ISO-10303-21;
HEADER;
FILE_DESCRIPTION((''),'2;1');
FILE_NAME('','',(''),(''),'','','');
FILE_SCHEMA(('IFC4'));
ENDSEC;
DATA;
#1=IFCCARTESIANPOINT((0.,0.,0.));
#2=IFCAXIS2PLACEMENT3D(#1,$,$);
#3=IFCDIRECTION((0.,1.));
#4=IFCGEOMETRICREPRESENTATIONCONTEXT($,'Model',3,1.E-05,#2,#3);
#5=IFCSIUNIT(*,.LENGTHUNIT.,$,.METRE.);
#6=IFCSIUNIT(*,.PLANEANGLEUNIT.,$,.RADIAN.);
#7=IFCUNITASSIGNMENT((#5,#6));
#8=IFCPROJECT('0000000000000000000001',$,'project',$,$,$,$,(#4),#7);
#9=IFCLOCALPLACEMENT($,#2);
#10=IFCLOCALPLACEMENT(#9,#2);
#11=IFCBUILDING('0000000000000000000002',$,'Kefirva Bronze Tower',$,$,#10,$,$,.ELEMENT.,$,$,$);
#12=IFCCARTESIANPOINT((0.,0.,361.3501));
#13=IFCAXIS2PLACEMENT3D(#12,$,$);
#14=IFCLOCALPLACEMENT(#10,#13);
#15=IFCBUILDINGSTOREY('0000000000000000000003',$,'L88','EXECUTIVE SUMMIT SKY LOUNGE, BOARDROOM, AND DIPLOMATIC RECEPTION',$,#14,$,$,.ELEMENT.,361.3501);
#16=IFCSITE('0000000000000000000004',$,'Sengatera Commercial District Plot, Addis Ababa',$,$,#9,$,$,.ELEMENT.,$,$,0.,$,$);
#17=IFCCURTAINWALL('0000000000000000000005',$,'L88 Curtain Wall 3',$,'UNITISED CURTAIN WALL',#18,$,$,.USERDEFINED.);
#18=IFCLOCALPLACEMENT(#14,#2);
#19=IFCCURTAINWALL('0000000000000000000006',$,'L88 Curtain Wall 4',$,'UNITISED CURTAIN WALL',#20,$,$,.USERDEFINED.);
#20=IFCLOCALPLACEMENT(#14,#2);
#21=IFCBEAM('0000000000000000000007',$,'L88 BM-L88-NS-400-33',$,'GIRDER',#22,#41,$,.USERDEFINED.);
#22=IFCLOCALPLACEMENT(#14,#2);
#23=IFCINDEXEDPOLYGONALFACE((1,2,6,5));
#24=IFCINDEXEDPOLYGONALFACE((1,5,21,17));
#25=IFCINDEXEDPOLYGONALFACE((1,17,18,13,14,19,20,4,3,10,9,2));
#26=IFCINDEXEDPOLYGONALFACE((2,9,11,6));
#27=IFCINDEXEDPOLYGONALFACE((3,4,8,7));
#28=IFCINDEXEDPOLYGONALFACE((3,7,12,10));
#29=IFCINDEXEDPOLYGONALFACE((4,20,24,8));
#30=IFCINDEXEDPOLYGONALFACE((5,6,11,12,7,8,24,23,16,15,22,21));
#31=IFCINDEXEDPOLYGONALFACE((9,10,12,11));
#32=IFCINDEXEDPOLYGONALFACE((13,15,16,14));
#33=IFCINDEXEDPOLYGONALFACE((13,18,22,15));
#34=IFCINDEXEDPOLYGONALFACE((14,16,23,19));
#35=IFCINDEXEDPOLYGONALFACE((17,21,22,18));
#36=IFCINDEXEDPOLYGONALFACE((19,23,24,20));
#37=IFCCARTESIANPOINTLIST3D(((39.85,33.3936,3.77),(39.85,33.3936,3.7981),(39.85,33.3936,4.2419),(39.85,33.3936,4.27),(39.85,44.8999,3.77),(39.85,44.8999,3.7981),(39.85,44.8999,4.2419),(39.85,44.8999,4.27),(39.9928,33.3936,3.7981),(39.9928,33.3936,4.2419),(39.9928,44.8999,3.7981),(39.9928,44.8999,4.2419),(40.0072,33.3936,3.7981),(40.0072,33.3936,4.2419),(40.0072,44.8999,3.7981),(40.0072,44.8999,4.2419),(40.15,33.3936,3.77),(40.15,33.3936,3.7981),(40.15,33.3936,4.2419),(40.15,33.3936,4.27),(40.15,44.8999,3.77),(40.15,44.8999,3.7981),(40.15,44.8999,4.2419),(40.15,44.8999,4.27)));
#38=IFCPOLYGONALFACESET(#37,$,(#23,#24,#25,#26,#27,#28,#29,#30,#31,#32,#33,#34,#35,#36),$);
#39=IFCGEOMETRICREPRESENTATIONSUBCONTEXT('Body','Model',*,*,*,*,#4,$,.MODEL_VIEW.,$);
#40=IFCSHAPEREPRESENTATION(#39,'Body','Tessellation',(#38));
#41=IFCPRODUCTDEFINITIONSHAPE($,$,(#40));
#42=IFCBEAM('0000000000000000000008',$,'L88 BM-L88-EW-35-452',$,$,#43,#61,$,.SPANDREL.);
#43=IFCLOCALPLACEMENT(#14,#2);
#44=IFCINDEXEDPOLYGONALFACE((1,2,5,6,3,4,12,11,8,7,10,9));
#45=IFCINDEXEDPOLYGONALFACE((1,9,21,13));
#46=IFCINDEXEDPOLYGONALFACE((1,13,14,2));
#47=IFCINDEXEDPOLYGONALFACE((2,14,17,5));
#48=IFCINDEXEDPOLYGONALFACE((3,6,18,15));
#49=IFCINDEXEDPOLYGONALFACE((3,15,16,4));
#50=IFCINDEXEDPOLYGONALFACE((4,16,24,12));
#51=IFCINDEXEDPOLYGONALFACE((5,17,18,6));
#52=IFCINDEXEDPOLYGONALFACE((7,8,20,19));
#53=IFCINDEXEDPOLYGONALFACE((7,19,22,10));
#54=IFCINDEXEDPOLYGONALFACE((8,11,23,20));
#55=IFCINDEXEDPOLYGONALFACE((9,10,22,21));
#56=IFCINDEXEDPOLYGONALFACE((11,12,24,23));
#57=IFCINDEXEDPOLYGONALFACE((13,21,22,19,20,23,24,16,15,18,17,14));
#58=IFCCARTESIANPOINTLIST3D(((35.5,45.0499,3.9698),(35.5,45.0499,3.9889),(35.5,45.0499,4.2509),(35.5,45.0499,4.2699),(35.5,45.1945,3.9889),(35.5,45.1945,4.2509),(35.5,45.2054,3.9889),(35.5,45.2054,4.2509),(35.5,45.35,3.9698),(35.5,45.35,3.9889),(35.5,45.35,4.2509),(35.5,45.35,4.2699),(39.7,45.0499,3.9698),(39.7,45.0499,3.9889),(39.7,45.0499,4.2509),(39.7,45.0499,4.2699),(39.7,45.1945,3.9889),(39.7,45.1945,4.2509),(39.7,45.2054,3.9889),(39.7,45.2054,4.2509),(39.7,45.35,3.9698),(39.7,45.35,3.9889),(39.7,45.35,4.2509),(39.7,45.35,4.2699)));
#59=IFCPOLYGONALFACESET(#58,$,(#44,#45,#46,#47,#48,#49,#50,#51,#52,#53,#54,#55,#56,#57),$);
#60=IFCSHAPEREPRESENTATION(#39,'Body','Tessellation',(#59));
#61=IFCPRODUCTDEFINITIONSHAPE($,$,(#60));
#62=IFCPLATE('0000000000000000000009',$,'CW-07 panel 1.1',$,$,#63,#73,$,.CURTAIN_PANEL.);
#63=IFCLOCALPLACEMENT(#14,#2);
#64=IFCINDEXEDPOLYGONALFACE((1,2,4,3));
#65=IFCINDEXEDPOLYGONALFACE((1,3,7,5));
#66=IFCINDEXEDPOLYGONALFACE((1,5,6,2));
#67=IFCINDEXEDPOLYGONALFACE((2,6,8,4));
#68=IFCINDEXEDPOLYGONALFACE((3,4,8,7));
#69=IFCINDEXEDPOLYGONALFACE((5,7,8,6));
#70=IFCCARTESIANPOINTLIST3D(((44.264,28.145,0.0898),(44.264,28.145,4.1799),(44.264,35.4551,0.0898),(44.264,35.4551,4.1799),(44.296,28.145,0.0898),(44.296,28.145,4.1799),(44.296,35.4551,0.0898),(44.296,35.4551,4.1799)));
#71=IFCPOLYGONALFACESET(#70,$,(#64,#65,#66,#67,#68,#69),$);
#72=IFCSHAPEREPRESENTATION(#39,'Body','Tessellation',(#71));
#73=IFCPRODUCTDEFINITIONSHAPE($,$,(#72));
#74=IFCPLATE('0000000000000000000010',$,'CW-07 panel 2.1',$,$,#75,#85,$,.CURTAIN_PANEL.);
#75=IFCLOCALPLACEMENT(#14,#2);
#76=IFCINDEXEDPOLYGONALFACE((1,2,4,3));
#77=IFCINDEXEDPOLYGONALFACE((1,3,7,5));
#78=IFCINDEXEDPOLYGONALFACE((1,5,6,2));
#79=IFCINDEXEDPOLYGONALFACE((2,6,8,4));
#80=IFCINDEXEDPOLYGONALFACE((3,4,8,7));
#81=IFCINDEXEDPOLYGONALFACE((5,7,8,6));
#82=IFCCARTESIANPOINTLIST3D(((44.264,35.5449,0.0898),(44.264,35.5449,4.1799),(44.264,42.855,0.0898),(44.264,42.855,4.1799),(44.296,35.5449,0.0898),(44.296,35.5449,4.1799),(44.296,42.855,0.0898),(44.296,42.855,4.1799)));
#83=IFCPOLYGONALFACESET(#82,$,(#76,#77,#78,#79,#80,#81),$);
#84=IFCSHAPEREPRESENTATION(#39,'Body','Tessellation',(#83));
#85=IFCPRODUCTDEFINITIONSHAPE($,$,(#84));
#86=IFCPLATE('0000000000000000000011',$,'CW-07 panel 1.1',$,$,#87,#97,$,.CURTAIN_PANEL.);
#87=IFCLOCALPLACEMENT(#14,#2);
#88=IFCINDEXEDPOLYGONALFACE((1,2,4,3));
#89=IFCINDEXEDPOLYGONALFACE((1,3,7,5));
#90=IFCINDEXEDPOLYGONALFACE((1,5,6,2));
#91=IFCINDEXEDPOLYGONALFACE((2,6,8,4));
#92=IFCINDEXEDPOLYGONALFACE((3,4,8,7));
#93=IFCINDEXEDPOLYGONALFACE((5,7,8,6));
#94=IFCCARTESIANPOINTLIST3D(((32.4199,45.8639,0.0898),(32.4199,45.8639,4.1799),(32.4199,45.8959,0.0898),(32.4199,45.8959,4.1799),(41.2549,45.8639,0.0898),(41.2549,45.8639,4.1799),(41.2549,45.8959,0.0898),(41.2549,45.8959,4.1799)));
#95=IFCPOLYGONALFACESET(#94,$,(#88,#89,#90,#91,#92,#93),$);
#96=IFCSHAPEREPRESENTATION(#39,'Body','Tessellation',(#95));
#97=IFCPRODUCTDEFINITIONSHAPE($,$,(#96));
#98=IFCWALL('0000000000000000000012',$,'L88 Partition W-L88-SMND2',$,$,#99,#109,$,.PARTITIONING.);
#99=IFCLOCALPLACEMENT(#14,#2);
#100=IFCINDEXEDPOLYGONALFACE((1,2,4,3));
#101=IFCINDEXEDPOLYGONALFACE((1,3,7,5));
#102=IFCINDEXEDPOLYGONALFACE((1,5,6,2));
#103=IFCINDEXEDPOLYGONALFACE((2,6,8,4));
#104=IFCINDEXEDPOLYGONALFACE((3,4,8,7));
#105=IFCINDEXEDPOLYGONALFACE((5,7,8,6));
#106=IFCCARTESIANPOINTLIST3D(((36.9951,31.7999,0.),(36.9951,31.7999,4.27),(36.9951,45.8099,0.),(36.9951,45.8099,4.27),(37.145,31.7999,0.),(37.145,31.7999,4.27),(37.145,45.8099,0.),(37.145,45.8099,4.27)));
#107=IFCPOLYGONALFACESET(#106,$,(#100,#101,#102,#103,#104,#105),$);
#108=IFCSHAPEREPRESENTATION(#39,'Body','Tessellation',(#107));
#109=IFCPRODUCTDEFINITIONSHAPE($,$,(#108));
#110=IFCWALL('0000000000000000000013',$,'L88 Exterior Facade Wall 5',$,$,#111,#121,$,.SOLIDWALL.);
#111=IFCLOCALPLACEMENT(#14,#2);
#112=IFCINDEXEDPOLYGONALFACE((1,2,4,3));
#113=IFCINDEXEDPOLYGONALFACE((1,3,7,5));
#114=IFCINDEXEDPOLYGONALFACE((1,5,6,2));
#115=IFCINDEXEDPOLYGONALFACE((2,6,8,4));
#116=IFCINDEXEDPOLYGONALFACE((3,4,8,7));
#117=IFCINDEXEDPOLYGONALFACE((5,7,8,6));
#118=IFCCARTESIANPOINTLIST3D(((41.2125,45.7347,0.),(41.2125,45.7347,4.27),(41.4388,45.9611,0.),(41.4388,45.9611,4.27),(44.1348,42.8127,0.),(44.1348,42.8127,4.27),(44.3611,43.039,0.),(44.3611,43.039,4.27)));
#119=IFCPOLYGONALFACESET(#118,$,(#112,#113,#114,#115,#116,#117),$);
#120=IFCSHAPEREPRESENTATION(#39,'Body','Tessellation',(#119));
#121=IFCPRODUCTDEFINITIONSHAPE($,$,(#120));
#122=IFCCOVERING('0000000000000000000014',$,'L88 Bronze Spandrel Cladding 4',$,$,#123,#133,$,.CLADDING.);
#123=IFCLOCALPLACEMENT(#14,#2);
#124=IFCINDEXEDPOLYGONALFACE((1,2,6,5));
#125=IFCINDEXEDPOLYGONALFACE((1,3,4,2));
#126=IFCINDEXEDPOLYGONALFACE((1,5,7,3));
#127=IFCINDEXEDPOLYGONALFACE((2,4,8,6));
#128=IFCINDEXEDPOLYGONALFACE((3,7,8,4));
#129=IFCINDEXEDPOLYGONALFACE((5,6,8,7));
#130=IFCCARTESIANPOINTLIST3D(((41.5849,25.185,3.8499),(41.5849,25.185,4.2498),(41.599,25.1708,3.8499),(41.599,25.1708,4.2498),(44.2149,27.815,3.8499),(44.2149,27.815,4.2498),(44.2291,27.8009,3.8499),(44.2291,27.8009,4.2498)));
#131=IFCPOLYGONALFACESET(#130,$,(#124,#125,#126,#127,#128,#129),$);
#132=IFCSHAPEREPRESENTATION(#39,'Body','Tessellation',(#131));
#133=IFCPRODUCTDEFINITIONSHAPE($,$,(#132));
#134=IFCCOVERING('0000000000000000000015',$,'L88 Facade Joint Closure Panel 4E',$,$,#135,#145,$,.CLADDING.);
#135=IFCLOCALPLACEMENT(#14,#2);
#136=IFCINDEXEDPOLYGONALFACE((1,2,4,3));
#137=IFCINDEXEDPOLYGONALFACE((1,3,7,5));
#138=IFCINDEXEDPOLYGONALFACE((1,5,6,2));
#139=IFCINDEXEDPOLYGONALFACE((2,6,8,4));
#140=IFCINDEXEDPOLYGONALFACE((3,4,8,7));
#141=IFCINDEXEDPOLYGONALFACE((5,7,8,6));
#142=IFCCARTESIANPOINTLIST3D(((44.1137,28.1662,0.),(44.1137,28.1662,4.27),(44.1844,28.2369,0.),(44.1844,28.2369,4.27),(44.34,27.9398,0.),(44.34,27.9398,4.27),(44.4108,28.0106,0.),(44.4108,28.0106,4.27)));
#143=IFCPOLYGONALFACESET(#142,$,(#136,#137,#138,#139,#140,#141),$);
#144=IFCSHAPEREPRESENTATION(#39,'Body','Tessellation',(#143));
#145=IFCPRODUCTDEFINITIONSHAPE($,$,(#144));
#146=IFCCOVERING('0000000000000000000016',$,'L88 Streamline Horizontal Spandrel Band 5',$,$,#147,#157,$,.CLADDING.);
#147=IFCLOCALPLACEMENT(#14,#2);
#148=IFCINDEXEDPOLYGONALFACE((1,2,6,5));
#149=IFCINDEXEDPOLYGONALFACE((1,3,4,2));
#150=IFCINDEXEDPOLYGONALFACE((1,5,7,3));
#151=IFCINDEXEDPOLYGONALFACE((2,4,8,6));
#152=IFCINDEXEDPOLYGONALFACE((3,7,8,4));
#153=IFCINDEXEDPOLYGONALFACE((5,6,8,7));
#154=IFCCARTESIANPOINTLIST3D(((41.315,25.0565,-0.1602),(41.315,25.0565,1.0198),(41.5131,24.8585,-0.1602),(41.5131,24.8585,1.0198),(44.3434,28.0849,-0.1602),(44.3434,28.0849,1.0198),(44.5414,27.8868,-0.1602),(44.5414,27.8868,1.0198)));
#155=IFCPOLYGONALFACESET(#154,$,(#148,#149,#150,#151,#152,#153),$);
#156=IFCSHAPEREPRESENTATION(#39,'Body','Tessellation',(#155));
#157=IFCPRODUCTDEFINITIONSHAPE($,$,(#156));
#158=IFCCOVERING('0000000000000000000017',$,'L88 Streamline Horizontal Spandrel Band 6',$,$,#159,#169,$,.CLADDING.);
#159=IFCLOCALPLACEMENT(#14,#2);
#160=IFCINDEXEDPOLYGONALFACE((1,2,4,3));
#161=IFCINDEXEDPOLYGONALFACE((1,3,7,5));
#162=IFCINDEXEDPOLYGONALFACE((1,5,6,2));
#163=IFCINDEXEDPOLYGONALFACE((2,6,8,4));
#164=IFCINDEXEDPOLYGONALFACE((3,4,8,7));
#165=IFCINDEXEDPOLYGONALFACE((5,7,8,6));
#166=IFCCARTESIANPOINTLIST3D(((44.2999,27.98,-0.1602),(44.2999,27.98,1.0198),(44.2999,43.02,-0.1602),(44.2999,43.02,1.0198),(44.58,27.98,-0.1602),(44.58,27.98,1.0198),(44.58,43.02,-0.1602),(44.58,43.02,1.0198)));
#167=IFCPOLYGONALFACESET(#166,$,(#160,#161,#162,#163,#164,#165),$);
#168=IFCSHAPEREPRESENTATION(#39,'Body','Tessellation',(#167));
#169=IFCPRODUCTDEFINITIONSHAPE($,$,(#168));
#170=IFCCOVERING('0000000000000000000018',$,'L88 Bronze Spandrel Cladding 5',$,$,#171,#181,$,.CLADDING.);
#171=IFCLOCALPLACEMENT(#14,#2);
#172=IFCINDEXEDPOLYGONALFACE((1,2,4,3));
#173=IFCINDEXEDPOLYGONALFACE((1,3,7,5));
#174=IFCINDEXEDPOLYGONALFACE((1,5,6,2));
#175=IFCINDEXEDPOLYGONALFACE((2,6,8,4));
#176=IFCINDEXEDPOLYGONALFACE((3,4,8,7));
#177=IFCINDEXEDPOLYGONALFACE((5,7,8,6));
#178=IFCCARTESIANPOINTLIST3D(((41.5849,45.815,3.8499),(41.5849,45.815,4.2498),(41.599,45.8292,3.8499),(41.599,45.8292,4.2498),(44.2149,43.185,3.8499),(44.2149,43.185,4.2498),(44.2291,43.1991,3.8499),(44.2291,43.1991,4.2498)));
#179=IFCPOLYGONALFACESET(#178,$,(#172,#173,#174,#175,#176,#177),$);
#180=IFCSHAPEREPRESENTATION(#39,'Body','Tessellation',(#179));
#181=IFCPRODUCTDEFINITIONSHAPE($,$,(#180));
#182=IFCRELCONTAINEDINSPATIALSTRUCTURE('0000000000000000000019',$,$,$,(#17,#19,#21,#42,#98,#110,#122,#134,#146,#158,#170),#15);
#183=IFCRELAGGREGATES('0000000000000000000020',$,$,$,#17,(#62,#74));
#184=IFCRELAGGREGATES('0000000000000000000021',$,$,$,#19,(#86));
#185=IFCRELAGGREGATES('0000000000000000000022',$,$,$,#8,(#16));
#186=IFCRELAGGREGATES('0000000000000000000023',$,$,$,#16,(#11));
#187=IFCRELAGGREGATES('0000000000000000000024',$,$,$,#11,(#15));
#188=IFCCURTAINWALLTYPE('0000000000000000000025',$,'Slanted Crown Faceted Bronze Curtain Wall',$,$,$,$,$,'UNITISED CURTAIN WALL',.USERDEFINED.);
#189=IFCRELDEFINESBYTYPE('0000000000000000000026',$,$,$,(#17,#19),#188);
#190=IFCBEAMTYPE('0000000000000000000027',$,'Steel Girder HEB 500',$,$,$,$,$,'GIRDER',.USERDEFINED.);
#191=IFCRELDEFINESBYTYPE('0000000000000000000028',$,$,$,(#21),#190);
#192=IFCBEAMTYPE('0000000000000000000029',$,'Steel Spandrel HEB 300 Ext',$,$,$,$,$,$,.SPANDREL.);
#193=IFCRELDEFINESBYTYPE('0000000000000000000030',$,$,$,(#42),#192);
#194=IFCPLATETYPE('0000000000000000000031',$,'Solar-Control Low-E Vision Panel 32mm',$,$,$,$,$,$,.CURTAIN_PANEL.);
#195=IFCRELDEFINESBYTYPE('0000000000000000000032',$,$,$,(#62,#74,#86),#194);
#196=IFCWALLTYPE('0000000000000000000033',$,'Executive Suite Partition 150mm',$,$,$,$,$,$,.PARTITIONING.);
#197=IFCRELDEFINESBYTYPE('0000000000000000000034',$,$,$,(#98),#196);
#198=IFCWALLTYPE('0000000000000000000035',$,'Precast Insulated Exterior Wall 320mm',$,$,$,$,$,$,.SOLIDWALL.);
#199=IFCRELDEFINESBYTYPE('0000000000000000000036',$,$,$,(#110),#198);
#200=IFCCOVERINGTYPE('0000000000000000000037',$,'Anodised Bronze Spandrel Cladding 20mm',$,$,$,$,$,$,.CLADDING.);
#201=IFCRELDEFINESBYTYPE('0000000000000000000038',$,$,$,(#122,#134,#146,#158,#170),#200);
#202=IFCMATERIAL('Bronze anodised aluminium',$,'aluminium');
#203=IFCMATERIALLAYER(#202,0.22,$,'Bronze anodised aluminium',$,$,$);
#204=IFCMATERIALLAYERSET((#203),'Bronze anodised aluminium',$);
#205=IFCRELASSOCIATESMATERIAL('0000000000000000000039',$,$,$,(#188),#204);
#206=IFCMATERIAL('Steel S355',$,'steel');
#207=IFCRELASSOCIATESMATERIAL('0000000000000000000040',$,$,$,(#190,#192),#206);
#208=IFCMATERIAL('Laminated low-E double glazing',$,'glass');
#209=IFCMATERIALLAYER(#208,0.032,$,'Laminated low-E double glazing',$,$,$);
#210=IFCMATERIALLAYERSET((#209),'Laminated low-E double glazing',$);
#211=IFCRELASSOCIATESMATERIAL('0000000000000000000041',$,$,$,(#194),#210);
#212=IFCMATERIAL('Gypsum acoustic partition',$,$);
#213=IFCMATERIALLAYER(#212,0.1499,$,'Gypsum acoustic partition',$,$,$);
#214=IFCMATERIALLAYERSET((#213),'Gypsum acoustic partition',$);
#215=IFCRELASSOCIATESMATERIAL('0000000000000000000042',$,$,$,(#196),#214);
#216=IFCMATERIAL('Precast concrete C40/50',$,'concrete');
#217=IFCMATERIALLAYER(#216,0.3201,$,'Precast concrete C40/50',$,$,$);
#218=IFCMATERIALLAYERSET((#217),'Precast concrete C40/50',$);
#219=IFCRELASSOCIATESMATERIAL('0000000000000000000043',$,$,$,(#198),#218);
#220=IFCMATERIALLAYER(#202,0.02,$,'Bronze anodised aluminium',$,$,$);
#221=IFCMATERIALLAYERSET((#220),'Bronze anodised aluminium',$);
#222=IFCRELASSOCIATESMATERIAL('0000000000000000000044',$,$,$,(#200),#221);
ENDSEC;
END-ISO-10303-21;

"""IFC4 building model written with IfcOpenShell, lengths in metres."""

from ifc_helpers import new_model, si_unit, direction, frame, frame_2d, origin, origin_2d, place, context, subcontext, project, spatial, rectangle, i_section, extrude, material, layer, layer_set, material_profile, profile_set, type_object, element, aggregate, save


model = new_model("IFC4")

# Units and contexts
model_context = context("Model", 3, precision=1e-05, world=origin(), true_north=direction((0.0, 1.0)))
body_context = subcontext(model_context, "Body", "Model", "MODEL_VIEW")
ifc_project = project(units=[si_unit("LENGTHUNIT", "METRE"), si_unit("PLANEANGLEUNIT", "RADIAN")], contexts=[model_context])

# Site, building, storey
site_placement = place(None, origin())
site = spatial("IfcSite", under=ifc_project, at=site_placement, Name="Sengatera Commercial District Plot, Addis Ababa", CompositionType="ELEMENT", RefElevation=0.0)
building_placement = place(site_placement, origin())
building = spatial("IfcBuilding", under=site, at=building_placement, Name="Kefirva Bronze Tower", CompositionType="ELEMENT")
storey_placement = place(building_placement, frame((0.0, 0.0, 361.3501)))
storey = spatial("IfcBuildingStorey", under=building, at=storey_placement, Name="L88", Description="EXECUTIVE SUMMIT SKY LOUNGE, BOARDROOM, AND DIPLOMATIC RECEPTION", CompositionType="ELEMENT", Elevation=361.3501)

# Curtain wall
ifc_material_1 = material(Name="Bronze anodised aluminium", Category="aluminium")
ifc_layer_1 = layer(ifc_material_1, 0.22, Name="Bronze anodised aluminium")
ifc_layer_set_1 = layer_set([ifc_layer_1], Name="Bronze anodised aluminium")
curtain_wall_type = type_object("IfcCurtainWallType", Name="Slanted Crown Faceted Bronze Curtain Wall", ElementType="UNITISED CURTAIN WALL", PredefinedType="USERDEFINED", material=ifc_layer_set_1)
curtain_wall_1_placement = place(storey_placement, origin())
curtain_wall_1 = element("IfcCurtainWall", 1, at=curtain_wall_1_placement, inside=storey, type_object=curtain_wall_type, Name="L88 Curtain Wall 3", ObjectType="UNITISED CURTAIN WALL", PredefinedType="USERDEFINED")

# Curtain wall
curtain_wall_2_placement = place(storey_placement, origin())
curtain_wall_2 = element("IfcCurtainWall", 2, at=curtain_wall_2_placement, inside=storey, type_object=curtain_wall_type, Name="L88 Curtain Wall 4", ObjectType="UNITISED CURTAIN WALL", PredefinedType="USERDEFINED")

# Beams
ifc_material_2 = material(Name="Steel S355", Category="steel")
ifc_material_profile_1 = material_profile(ifc_material_2, i_section(OverallWidth=0.3, OverallDepth=0.5, WebThickness=0.0144, FlangeThickness=0.0281, at=origin_2d()), Name="HEB 500")
ifc_profile_set_1 = profile_set([ifc_material_profile_1], Name="Steel S355")
beam_type_1 = type_object("IfcBeamType", Name="Steel Girder HEB 500", ElementType="GIRDER", PredefinedType="USERDEFINED", material=ifc_profile_set_1)
beam_1_placement = place(storey_placement, frame((40.0, 33.3936, 4.02), z_axis=(0.0, 1.0, 0.0), x_axis=(-1.0, 0.0, 0.0)))
element("IfcBeam", 3, at=beam_1_placement, inside=storey, type_object=beam_type_1, Name="L88 BM-L88-NS-400-33", ObjectType="GIRDER", PredefinedType="USERDEFINED", context=body_context, shape_type="SweptSolid", body=[
    extrude(i_section(OverallWidth=0.3, OverallDepth=0.5, WebThickness=0.0144, FlangeThickness=0.0281, at=origin_2d()), origin(), (0.0, 0.0, 1.0), 11.5063),
])
ifc_material_profile_2 = material_profile(ifc_material_2, i_section(OverallWidth=0.3, OverallDepth=0.3, WebThickness=0.011, FlangeThickness=0.019, at=origin_2d()), Name="HEB 300")
ifc_profile_set_2 = profile_set([ifc_material_profile_2], Name="Steel S355")
beam_type_2 = type_object("IfcBeamType", Name="Steel Spandrel HEB 300 Ext", PredefinedType="SPANDREL", material=ifc_profile_set_2)
beam_2_placement = place(storey_placement, frame((35.5, 45.2, 4.1199), z_axis=(1.0, 0.0, 0.0), x_axis=(0.0, 1.0, 0.0)))
element("IfcBeam", 4, at=beam_2_placement, inside=storey, type_object=beam_type_2, Name="L88 BM-L88-EW-35-452", PredefinedType="SPANDREL", context=body_context, shape_type="SweptSolid", body=[
    extrude(i_section(OverallWidth=0.3, OverallDepth=0.3, WebThickness=0.011, FlangeThickness=0.019, at=origin_2d()), origin(), (0.0, 0.0, 1.0), 4.2),
])

# Plates
ifc_material_3 = material(Name="Laminated low-E double glazing", Category="glass")
ifc_layer_2 = layer(ifc_material_3, 0.032, Name="Laminated low-E double glazing")
ifc_layer_set_2 = layer_set([ifc_layer_2], Name="Laminated low-E double glazing")
plate_type = type_object("IfcPlateType", Name="Solar-Control Low-E Vision Panel 32mm", PredefinedType="CURTAIN_PANEL", material=ifc_layer_set_2)
plate_1_placement = place(storey_placement, frame((44.28, 31.8, 0.0898), z_axis=(0.0, 0.0, 1.0), x_axis=(0.0, 1.0, 0.0)))
plate_1 = element("IfcPlate", 5, at=plate_1_placement, type_object=plate_type, Name="CW-07 panel 1.1", PredefinedType="CURTAIN_PANEL", context=body_context, shape_type="SweptSolid", body=[
    extrude(rectangle(XDim=7.3101, YDim=0.032, at=origin_2d()), origin(), (0.0, 0.0, 1.0), 4.0901),
])
plate_2_placement = place(storey_placement, frame((44.28, 39.2, 0.0898), z_axis=(0.0, 0.0, 1.0), x_axis=(0.0, 1.0, 0.0)))
plate_2 = element("IfcPlate", 6, at=plate_2_placement, type_object=plate_type, Name="CW-07 panel 2.1", PredefinedType="CURTAIN_PANEL", context=body_context, shape_type="SweptSolid", body=[
    extrude(rectangle(XDim=7.3101, YDim=0.032, at=origin_2d()), origin(), (0.0, 0.0, 1.0), 4.0901),
])
aggregate(curtain_wall_1, [plate_1, plate_2])
plate_3_placement = place(storey_placement, frame((36.8374, 45.8799, 0.0898), z_axis=(0.0, 0.0, 1.0), x_axis=(-1.0, 0.0, 0.0)))
plate_3 = element("IfcPlate", 7, at=plate_3_placement, type_object=plate_type, Name="CW-07 panel 1.1", PredefinedType="CURTAIN_PANEL", context=body_context, shape_type="SweptSolid", body=[
    extrude(rectangle(XDim=8.835, YDim=0.032, at=origin_2d()), origin(), (0.0, 0.0, 1.0), 4.0901),
])
aggregate(curtain_wall_2, [plate_3])

# Walls
ifc_material_4 = material(Name="Gypsum acoustic partition")
ifc_layer_3 = layer(ifc_material_4, 0.1499, Name="Gypsum acoustic partition")
ifc_layer_set_3 = layer_set([ifc_layer_3], Name="Gypsum acoustic partition")
wall_type_1 = type_object("IfcWallType", Name="Executive Suite Partition 150mm", PredefinedType="PARTITIONING", material=ifc_layer_set_3)
wall_1_placement = place(storey_placement, frame((37.0701, 31.8, 0.0), z_axis=(0.0, 0.0, 1.0), x_axis=(0.0, 1.0, 0.0)))
element("IfcWall", 8, at=wall_1_placement, inside=storey, type_object=wall_type_1, Name="L88 Partition W-L88-SMND2", PredefinedType="PARTITIONING", context=body_context, shape_type="SweptSolid", body=[
    extrude(rectangle(XDim=14.01, YDim=0.1499, at=frame_2d((7.0049, 0.0))), origin(), (0.0, 0.0, 1.0), 4.27),
])
ifc_material_5 = material(Name="Precast concrete C40/50", Category="concrete")
ifc_layer_4 = layer(ifc_material_5, 0.3201, Name="Precast concrete C40/50")
ifc_layer_set_4 = layer_set([ifc_layer_4], Name="Precast concrete C40/50")
wall_type_2 = type_object("IfcWallType", Name="Precast Insulated Exterior Wall 320mm", PredefinedType="SOLIDWALL", material=ifc_layer_set_4)
wall_2_placement = place(storey_placement, frame((44.248, 42.9258, 0.0), z_axis=(0.0, 0.0, 1.0), x_axis=(-0.707136, 0.707077, 0.0)))
element("IfcWall", 9, at=wall_2_placement, inside=storey, type_object=wall_type_2, Name="L88 Exterior Facade Wall 5", PredefinedType="SOLIDWALL", context=body_context, shape_type="SweptSolid", body=[
    extrude(rectangle(XDim=4.1326, YDim=0.3201, at=frame_2d((2.0664, 0.0))), origin(), (0.0, 0.0, 1.0), 4.27),
])

# Coverings
ifc_layer_5 = layer(ifc_material_1, 0.02, Name="Bronze anodised aluminium")
ifc_layer_set_5 = layer_set([ifc_layer_5], Name="Bronze anodised aluminium")
covering_type_1 = type_object("IfcCoveringType", Name="Anodised Bronze Spandrel Cladding 20mm", PredefinedType="CLADDING", material=ifc_layer_set_5)
covering_1_placement = place(storey_placement, frame((42.907, 26.4929, 3.8499), z_axis=(0.0, 0.0, 1.0), x_axis=(0.707107, 0.707107, 0.0)))
element("IfcCovering", 10, at=covering_1_placement, inside=storey, type_object=covering_type_1, Name="L88 Bronze Spandrel Cladding 4", PredefinedType="CLADDING", context=body_context, shape_type="SweptSolid", body=[
    extrude(rectangle(XDim=3.7195, YDim=0.02, at=origin_2d()), origin(), (0.0, 0.0, 1.0), 0.3999),
])
covering_2_placement = place(storey_placement, frame((44.2622, 28.0884, 0.0), z_axis=(0.0, 0.0, 1.0), x_axis=(0.707107, 0.707107, 0.0)))
element("IfcCovering", 11, at=covering_2_placement, inside=storey, type_object=covering_type_1, Name="L88 Facade Joint Closure Panel 4E", PredefinedType="CLADDING", context=body_context, shape_type="SweptSolid", body=[
    extrude(rectangle(XDim=0.1001, YDim=0.3201, at=origin_2d()), origin(), (0.0, 0.0, 1.0), 4.27),
])
covering_3_placement = place(storey_placement, frame((42.9282, 26.4717, -0.1602), z_axis=(0.0, 0.0, 1.0), x_axis=(0.707107, 0.707107, 0.0)))
element("IfcCovering", 12, at=covering_3_placement, inside=storey, type_object=covering_type_1, Name="L88 Streamline Horizontal Spandrel Band 5", PredefinedType="CLADDING", context=body_context, shape_type="SweptSolid", body=[
    extrude(rectangle(XDim=4.2827, YDim=0.28, at=origin_2d()), origin(), (0.0, 0.0, 1.0), 1.1799),
])
covering_4_placement = place(storey_placement, frame((44.4399, 35.5, -0.1602), z_axis=(0.0, 0.0, 1.0), x_axis=(0.0, 1.0, 0.0)))
element("IfcCovering", 13, at=covering_4_placement, inside=storey, type_object=covering_type_1, Name="L88 Streamline Horizontal Spandrel Band 6", PredefinedType="CLADDING", context=body_context, shape_type="SweptSolid", body=[
    extrude(rectangle(XDim=15.04, YDim=0.28, at=origin_2d()), origin(), (0.0, 0.0, 1.0), 1.1799),
])
covering_5_placement = place(storey_placement, frame((42.907, 44.5071, 3.8499), z_axis=(0.0, 0.0, 1.0), x_axis=(-0.707107, 0.707107, 0.0)))
element("IfcCovering", 14, at=covering_5_placement, inside=storey, type_object=covering_type_1, Name="L88 Bronze Spandrel Cladding 5", PredefinedType="CLADDING", context=body_context, shape_type="SweptSolid", body=[
    extrude(rectangle(XDim=3.7195, YDim=0.02, at=origin_2d()), origin(), (0.0, 0.0, 1.0), 0.3999),
])

save(model, "model.ifc")
